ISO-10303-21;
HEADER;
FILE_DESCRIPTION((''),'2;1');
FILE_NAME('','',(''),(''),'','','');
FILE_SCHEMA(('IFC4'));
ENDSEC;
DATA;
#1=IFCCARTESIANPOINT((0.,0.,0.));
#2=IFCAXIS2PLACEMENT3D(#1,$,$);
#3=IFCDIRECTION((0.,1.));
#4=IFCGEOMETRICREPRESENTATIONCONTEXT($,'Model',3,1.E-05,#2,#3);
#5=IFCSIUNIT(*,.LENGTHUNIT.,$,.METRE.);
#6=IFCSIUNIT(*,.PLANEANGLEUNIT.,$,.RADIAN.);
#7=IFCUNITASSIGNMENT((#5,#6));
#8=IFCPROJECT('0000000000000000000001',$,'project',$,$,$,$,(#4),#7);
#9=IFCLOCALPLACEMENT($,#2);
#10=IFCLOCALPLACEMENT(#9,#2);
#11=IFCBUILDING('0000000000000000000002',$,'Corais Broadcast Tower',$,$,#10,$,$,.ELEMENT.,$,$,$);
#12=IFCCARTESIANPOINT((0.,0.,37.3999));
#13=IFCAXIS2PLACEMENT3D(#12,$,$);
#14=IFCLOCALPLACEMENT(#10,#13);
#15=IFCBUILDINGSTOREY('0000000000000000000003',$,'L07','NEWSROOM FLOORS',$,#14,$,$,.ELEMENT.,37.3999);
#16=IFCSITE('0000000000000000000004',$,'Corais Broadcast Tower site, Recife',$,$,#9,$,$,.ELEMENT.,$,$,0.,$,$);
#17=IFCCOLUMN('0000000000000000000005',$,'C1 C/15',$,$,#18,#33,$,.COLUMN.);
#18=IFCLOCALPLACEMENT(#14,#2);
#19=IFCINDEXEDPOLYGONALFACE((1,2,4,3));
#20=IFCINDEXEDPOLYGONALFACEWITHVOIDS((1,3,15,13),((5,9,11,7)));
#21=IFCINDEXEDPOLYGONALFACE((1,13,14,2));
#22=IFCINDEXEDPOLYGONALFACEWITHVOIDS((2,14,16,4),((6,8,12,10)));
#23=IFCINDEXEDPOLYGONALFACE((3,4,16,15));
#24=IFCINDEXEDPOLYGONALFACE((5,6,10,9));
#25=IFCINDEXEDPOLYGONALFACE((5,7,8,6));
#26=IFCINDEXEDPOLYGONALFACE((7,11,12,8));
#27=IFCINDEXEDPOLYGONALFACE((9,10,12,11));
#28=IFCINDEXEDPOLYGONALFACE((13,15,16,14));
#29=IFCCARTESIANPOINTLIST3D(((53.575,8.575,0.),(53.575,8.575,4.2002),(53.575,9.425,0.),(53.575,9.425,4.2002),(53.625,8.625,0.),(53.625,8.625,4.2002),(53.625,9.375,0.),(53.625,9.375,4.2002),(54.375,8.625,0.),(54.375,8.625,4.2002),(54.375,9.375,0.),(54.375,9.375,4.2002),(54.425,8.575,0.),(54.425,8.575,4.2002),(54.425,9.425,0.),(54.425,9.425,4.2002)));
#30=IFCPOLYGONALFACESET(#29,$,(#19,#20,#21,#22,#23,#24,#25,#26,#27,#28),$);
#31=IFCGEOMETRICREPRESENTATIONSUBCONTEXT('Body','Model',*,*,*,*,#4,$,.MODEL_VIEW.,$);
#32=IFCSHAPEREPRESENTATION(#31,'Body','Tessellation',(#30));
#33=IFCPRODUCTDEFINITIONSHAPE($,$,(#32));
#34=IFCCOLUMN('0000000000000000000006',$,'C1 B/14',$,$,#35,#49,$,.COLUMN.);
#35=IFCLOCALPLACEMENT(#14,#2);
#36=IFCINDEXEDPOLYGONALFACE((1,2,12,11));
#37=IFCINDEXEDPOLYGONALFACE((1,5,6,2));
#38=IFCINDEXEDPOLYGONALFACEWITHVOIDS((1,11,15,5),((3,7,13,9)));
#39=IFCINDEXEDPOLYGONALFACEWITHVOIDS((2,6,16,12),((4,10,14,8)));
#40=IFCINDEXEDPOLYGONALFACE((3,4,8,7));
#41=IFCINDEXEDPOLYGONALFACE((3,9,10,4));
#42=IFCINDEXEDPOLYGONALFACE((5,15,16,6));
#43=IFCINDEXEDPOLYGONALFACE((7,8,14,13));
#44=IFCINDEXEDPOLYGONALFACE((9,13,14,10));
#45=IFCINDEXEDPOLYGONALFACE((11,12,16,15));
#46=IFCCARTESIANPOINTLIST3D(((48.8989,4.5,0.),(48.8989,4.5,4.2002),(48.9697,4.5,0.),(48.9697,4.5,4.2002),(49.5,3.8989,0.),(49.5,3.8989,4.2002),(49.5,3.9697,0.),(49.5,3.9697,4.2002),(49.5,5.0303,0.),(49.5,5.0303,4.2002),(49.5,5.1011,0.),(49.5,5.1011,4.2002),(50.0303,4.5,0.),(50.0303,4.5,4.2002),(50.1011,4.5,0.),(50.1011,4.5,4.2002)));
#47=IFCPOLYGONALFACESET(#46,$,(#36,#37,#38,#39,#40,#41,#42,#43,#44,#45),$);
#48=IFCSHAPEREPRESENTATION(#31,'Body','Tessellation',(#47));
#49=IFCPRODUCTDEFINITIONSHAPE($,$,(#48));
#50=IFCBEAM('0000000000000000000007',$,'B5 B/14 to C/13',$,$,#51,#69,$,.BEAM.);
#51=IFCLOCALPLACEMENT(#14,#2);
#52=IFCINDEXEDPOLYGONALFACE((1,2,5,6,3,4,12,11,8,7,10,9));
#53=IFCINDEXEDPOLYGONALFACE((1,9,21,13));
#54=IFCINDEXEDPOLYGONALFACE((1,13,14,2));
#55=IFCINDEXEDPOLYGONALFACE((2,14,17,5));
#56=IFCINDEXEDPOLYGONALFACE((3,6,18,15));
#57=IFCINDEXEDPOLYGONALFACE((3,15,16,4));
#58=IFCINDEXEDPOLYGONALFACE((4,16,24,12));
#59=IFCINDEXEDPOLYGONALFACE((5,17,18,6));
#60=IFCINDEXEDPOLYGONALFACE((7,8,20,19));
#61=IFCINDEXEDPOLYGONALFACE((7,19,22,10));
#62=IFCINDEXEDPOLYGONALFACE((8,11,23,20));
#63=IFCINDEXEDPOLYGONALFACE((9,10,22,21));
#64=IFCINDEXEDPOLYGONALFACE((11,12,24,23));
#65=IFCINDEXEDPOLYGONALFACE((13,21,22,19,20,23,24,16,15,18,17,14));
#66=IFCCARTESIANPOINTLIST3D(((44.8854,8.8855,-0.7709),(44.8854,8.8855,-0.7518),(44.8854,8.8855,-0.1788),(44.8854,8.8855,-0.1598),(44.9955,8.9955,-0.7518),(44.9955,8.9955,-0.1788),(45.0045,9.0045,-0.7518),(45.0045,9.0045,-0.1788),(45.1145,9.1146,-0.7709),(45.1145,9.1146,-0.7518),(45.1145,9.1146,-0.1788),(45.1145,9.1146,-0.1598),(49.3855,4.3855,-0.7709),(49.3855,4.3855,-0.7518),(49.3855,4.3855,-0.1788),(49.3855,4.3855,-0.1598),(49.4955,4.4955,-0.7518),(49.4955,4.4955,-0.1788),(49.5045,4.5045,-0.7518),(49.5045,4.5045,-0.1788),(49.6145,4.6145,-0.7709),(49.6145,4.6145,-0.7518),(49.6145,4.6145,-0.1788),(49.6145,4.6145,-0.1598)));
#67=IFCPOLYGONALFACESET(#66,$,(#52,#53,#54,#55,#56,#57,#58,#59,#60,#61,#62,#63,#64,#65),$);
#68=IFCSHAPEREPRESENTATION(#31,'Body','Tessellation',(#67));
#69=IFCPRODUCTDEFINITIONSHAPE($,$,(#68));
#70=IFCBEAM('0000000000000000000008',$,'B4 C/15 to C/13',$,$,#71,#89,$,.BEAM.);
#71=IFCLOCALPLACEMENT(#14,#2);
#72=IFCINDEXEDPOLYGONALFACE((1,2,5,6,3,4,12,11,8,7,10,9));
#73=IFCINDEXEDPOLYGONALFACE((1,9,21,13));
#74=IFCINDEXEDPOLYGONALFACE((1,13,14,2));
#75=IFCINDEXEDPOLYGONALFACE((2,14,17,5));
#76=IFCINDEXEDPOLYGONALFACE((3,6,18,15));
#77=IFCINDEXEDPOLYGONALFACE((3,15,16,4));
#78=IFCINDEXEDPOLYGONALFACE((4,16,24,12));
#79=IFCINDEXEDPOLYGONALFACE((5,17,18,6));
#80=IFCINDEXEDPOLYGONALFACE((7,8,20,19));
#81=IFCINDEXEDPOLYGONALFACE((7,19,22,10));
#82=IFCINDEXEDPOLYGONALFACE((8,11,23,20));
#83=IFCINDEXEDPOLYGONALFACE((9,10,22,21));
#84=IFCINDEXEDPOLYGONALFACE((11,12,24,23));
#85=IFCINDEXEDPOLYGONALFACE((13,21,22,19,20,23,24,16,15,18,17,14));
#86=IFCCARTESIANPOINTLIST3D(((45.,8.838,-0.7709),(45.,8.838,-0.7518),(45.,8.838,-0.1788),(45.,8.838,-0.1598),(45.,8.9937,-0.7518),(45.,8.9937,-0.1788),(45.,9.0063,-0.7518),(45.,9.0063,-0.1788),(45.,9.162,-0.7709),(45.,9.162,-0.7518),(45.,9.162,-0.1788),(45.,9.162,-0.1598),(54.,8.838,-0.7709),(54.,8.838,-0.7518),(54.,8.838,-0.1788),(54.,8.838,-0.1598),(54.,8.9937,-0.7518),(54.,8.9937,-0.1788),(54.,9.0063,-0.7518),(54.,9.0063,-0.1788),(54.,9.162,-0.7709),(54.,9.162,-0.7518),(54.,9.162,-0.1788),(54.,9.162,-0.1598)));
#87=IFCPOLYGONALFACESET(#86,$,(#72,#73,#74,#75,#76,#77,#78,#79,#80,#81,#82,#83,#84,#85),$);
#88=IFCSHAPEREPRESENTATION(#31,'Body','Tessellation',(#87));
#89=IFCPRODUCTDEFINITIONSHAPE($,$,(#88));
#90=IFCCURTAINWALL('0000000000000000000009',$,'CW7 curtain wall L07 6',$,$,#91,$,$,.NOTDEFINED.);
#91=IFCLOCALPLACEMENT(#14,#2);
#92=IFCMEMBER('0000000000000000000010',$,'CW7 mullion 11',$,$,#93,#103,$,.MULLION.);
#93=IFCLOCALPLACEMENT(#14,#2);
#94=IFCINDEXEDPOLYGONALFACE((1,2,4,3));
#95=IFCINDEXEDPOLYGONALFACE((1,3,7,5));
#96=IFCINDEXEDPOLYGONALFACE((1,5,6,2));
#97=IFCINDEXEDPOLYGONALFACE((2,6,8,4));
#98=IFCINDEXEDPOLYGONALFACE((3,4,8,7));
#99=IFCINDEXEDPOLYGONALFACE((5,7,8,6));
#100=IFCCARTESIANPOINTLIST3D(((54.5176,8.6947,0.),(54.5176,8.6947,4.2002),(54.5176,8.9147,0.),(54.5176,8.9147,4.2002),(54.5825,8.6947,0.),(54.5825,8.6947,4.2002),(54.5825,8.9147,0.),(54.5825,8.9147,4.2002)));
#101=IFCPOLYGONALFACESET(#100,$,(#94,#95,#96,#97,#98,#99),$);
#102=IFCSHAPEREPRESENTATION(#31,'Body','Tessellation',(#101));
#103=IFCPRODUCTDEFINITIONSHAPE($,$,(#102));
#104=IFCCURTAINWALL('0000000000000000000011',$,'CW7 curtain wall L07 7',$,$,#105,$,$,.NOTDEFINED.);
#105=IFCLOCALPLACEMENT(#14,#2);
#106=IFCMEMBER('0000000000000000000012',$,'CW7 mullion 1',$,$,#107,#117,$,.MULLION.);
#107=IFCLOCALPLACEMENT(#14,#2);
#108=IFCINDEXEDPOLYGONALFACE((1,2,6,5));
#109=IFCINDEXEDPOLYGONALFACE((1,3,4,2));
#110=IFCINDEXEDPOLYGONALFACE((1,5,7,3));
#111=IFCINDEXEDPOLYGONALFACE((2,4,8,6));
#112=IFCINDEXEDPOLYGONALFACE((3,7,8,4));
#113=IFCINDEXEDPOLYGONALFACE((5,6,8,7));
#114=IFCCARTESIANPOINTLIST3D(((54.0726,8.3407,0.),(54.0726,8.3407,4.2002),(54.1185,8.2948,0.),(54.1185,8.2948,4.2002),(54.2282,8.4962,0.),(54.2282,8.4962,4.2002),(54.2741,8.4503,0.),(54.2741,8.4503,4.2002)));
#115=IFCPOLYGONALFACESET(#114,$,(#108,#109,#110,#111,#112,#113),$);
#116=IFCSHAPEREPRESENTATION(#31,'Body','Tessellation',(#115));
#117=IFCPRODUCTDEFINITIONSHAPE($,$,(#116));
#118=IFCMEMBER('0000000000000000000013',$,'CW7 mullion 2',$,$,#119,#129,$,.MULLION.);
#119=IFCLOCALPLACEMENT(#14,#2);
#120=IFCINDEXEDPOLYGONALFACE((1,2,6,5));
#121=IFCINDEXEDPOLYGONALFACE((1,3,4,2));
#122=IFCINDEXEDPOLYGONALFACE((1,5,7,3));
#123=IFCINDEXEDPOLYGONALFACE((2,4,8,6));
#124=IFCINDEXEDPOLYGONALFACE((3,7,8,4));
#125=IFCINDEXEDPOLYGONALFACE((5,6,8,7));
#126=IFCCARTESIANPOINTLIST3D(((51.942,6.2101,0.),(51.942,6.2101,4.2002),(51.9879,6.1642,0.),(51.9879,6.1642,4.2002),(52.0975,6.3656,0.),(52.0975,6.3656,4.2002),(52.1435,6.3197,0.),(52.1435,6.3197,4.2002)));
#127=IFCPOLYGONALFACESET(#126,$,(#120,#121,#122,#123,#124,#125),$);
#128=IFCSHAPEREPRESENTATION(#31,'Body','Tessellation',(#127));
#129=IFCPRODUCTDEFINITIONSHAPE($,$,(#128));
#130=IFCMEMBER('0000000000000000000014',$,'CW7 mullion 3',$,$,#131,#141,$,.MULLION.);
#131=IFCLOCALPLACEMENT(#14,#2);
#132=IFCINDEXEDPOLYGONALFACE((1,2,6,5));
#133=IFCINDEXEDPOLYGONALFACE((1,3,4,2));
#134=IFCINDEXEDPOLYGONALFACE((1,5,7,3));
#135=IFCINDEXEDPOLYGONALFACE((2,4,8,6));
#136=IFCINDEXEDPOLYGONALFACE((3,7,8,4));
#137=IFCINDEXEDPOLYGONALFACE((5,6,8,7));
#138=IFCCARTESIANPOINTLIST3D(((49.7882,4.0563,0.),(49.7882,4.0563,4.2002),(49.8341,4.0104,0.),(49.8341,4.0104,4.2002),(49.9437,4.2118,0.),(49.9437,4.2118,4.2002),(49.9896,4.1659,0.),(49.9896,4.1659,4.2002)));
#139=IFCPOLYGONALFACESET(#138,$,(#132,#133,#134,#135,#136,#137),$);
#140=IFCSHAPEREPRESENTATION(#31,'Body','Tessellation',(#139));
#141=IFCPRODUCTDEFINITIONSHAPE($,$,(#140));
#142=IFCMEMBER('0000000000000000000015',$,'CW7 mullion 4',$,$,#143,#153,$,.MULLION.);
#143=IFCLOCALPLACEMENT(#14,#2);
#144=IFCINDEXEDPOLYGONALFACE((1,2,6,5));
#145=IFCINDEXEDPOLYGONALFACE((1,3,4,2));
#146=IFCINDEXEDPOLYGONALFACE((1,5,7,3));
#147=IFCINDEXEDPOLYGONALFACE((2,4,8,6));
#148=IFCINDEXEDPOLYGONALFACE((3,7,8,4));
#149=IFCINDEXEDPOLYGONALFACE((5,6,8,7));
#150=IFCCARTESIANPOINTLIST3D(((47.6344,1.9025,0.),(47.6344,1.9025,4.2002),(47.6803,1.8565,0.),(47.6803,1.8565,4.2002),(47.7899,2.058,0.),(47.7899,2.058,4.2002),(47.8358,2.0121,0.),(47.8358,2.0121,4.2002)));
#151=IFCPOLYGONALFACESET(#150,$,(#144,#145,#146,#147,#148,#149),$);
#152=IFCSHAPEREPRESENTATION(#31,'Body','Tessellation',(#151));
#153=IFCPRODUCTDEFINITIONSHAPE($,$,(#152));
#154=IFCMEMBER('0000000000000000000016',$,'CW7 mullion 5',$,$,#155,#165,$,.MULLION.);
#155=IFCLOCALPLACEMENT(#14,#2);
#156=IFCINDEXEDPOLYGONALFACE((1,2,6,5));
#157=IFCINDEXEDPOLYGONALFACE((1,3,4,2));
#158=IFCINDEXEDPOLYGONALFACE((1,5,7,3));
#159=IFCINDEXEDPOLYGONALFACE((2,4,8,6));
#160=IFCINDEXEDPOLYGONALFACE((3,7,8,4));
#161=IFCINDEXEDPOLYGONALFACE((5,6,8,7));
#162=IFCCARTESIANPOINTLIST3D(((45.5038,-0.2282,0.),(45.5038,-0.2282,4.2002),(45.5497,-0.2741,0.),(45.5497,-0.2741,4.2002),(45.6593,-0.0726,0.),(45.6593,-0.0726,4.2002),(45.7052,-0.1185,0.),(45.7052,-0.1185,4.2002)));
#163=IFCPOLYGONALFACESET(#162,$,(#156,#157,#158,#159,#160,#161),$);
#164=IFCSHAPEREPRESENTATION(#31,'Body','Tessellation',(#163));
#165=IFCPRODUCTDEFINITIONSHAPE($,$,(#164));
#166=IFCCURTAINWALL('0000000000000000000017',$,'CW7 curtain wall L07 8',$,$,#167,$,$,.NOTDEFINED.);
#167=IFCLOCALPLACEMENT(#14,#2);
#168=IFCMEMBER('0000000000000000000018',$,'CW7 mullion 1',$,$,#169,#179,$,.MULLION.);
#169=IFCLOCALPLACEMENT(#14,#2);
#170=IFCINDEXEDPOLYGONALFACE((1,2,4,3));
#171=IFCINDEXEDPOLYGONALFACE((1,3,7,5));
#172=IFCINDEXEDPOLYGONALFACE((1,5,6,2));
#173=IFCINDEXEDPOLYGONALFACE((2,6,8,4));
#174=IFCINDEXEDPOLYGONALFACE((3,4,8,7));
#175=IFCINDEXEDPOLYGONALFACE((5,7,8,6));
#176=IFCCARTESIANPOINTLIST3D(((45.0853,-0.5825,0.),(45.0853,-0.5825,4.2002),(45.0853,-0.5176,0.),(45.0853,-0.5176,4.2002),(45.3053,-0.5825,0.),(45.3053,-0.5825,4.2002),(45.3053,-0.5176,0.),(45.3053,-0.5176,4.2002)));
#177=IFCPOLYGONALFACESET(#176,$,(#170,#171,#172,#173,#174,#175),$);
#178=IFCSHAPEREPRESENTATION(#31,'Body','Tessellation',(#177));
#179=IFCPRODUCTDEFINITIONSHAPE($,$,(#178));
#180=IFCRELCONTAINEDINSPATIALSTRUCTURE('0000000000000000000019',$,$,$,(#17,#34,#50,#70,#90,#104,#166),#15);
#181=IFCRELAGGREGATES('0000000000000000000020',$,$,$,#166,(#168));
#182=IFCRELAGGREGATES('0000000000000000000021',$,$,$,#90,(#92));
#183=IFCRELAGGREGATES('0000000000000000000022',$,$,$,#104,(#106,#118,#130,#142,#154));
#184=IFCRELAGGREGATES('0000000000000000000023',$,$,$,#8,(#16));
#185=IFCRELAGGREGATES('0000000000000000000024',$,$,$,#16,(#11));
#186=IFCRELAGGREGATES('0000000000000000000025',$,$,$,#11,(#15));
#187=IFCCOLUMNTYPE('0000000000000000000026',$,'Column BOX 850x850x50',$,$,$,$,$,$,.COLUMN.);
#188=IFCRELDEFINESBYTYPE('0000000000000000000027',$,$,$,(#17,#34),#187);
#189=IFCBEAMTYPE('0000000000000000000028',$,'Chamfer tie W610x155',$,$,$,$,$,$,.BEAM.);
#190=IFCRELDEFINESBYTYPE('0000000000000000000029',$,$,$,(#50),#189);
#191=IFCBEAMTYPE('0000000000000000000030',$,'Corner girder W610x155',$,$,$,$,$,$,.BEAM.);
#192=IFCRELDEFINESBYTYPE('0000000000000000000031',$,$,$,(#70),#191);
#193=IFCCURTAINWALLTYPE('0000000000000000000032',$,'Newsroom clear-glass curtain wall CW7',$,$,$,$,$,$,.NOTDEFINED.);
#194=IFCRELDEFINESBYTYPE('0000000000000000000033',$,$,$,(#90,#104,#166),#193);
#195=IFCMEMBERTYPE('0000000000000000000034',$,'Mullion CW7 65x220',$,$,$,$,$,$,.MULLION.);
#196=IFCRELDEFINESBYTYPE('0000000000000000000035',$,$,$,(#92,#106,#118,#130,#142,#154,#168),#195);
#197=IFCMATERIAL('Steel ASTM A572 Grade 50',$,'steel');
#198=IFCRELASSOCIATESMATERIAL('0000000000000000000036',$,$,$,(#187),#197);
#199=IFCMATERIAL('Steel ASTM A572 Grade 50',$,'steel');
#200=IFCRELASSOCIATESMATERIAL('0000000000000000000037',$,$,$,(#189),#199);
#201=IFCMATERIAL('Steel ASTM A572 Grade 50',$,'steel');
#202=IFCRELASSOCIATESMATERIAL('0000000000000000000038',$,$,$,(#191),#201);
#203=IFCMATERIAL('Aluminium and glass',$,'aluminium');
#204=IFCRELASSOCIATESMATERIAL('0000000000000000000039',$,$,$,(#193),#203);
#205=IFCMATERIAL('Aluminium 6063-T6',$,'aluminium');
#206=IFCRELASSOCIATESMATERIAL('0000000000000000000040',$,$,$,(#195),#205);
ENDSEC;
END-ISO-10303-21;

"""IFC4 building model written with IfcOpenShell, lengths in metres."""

from ifc_helpers import new_model, si_unit, direction, frame, origin, origin_2d, place, context, subcontext, project, spatial, rectangle, hollow_rectangle, i_section, extrude, material, material_profile, profile_set, type_object, element, aggregate, save


model = new_model("IFC4")

# Units and contexts
model_context = context("Model", 3, precision=1e-05, world=origin(), true_north=direction((0.0, 1.0)))
body_context = subcontext(model_context, "Body", "Model", "MODEL_VIEW")
ifc_project = project(units=[si_unit("LENGTHUNIT", "METRE"), si_unit("PLANEANGLEUNIT", "RADIAN")], contexts=[model_context])

# Site, building, storey
site_placement = place(None, origin())
site = spatial("IfcSite", under=ifc_project, at=site_placement, Name="Corais Broadcast Tower site, Recife", CompositionType="ELEMENT", RefElevation=0.0)
building_placement = place(site_placement, origin())
building = spatial("IfcBuilding", under=site, at=building_placement, Name="Corais Broadcast Tower", CompositionType="ELEMENT")
storey_placement = place(building_placement, frame((0.0, 0.0, 37.3999)))
storey = spatial("IfcBuildingStorey", under=building, at=storey_placement, Name="L07", Description="NEWSROOM FLOORS", CompositionType="ELEMENT", Elevation=37.3999)

# Columns
ifc_material_1 = material(Name="Steel ASTM A572 Grade 50", Category="steel")
ifc_material_profile_1 = material_profile(ifc_material_1, hollow_rectangle(XDim=0.8501, YDim=0.8501, WallThickness=0.05, at=origin_2d()), Name="BOX 850x850x50")
ifc_profile_set_1 = profile_set([ifc_material_profile_1], Name="Steel ASTM A572 Grade 50")
column_type = type_object("IfcColumnType", Name="Column BOX 850x850x50", PredefinedType="COLUMN", material=ifc_profile_set_1)
for number, where, z_axis, x_axis, name in (
    (1, (54.0, 9.0, 0.0), (0.0, 0.0, 1.0), (1.0, 0.0, 0.0), "C1 C/15"),
    (2, (49.5, 4.5, 0.0), (0.0, 0.0, 1.0), (0.707107, 0.707107, 0.0), "C1 B/14"),
):
    element("IfcColumn", number, at=place(storey_placement, frame(where, z_axis=z_axis, x_axis=x_axis)), inside=storey, type_object=column_type, Name=name, PredefinedType="COLUMN", context=body_context, shape_type="SweptSolid", body=[
        extrude(hollow_rectangle(XDim=0.8501, YDim=0.8501, WallThickness=0.05, at=origin_2d()), origin(), (0.0, 0.0, 1.0), 4.2002),
    ])

# Beams
ifc_material_2 = material(Name="Steel ASTM A572 Grade 50", Category="steel")
ifc_material_profile_2 = material_profile(ifc_material_2, i_section(OverallWidth=0.324, OverallDepth=0.6111, WebThickness=0.0127, FlangeThickness=0.019, at=origin_2d()), Name="W610x155")
ifc_profile_set_2 = profile_set([ifc_material_profile_2], Name="Steel ASTM A572 Grade 50")
beam_type_1 = type_object("IfcBeamType", Name="Chamfer tie W610x155", PredefinedType="BEAM", material=ifc_profile_set_2)
beam_1_placement = place(storey_placement, frame((49.5, 4.5, -0.4653), z_axis=(-0.707107, 0.707107, 0.0), x_axis=(-0.707107, -0.707107, 0.0)))
element("IfcBeam", 3, at=beam_1_placement, inside=storey, type_object=beam_type_1, Name="B5 B/14 to C/13", PredefinedType="BEAM", context=body_context, shape_type="SweptSolid", body=[
    extrude(i_section(OverallWidth=0.324, OverallDepth=0.6111, WebThickness=0.0127, FlangeThickness=0.019, at=origin_2d()), origin(), (0.0, 0.0, 1.0), 6.364),
])
ifc_material_3 = material(Name="Steel ASTM A572 Grade 50", Category="steel")
ifc_material_profile_3 = material_profile(ifc_material_3, i_section(OverallWidth=0.324, OverallDepth=0.6111, WebThickness=0.0127, FlangeThickness=0.019, at=origin_2d()), Name="W610x155")
ifc_profile_set_3 = profile_set([ifc_material_profile_3], Name="Steel ASTM A572 Grade 50")
beam_type_2 = type_object("IfcBeamType", Name="Corner girder W610x155", PredefinedType="BEAM", material=ifc_profile_set_3)
beam_2_placement = place(storey_placement, frame((54.0, 9.0, -0.4653), z_axis=(-1.0, 0.0, 0.0), x_axis=(0.0, -1.0, 0.0)))
element("IfcBeam", 4, at=beam_2_placement, inside=storey, type_object=beam_type_2, Name="B4 C/15 to C/13", PredefinedType="BEAM", context=body_context, shape_type="SweptSolid", body=[
    extrude(i_section(OverallWidth=0.324, OverallDepth=0.6111, WebThickness=0.0127, FlangeThickness=0.019, at=origin_2d()), origin(), (0.0, 0.0, 1.0), 9.0),
])

# Curtain wall, member
ifc_material_4 = material(Name="Aluminium and glass", Category="aluminium")
curtain_wall_type = type_object("IfcCurtainWallType", Name="Newsroom clear-glass curtain wall CW7", PredefinedType="NOTDEFINED", material=ifc_material_4)
curtain_wall_1_placement = place(storey_placement, origin())
curtain_wall_1 = element("IfcCurtainWall", 5, at=curtain_wall_1_placement, inside=storey, type_object=curtain_wall_type, Name="CW7 curtain wall L07 6", PredefinedType="NOTDEFINED")
ifc_material_5 = material(Name="Aluminium 6063-T6", Category="aluminium")
ifc_material_profile_4 = material_profile(ifc_material_5, rectangle(XDim=0.0649, YDim=0.22, at=origin_2d()), Name="Mullion CW7 65x220")
ifc_profile_set_4 = profile_set([ifc_material_profile_4], Name="Aluminium 6063-T6")
member_type_1 = type_object("IfcMemberType", Name="Mullion CW7 65x220", PredefinedType="MULLION", material=ifc_profile_set_4)
member_1_placement = place(storey_placement, frame((54.55, 8.8047, 0.0), z_axis=(0.0, 0.0, 1.0), x_axis=(1.0, 0.0, 0.0)))
member_1 = element("IfcMember", 6, at=member_1_placement, type_object=member_type_1, Name="CW7 mullion 11", PredefinedType="MULLION", context=body_context, shape_type="SweptSolid", body=[
    extrude(rectangle(XDim=0.0649, YDim=0.22, at=origin_2d()), origin(), (0.0, 0.0, 1.0), 4.2002),
])

# Curtain wall, members
curtain_wall_2_placement = place(storey_placement, origin())
curtain_wall_2 = element("IfcCurtainWall", 7, at=curtain_wall_2_placement, inside=storey, type_object=curtain_wall_type, Name="CW7 curtain wall L07 7", PredefinedType="NOTDEFINED")
member_2_placement = place(storey_placement, frame((54.1733, 8.3955, 0.0), z_axis=(0.0, 0.0, 1.0), x_axis=(0.707107, -0.707107, 0.0)))
member_2 = element("IfcMember", 8, at=member_2_placement, type_object=member_type_1, Name="CW7 mullion 1", PredefinedType="MULLION", context=body_context, shape_type="SweptSolid", body=[
    extrude(rectangle(XDim=0.0649, YDim=0.22, at=origin_2d()), origin(), (0.0, 0.0, 1.0), 4.2002),
])
member_3_placement = place(storey_placement, frame((52.0427, 6.2649, 0.0), z_axis=(0.0, 0.0, 1.0), x_axis=(0.707107, -0.707107, 0.0)))
member_3 = element("IfcMember", 9, at=member_3_placement, type_object=member_type_1, Name="CW7 mullion 2", PredefinedType="MULLION", context=body_context, shape_type="SweptSolid", body=[
    extrude(rectangle(XDim=0.0649, YDim=0.22, at=origin_2d()), origin(), (0.0, 0.0, 1.0), 4.2002),
])
member_4_placement = place(storey_placement, frame((49.8889, 4.1111, 0.0), z_axis=(0.0, 0.0, 1.0), x_axis=(0.707107, -0.707107, 0.0)))
member_4 = element("IfcMember", 10, at=member_4_placement, type_object=member_type_1, Name="CW7 mullion 3", PredefinedType="MULLION", context=body_context, shape_type="SweptSolid", body=[
    extrude(rectangle(XDim=0.0649, YDim=0.22, at=origin_2d()), origin(), (0.0, 0.0, 1.0), 4.2002),
])
member_5_placement = place(storey_placement, frame((47.7351, 1.9573, 0.0), z_axis=(0.0, 0.0, 1.0), x_axis=(0.707107, -0.707107, 0.0)))
member_5 = element("IfcMember", 11, at=member_5_placement, type_object=member_type_1, Name="CW7 mullion 4", PredefinedType="MULLION", context=body_context, shape_type="SweptSolid", body=[
    extrude(rectangle(XDim=0.0649, YDim=0.22, at=origin_2d()), origin(), (0.0, 0.0, 1.0), 4.2002),
])
member_6_placement = place(storey_placement, frame((45.6045, -0.1733, 0.0), z_axis=(0.0, 0.0, 1.0), x_axis=(0.707107, -0.707107, 0.0)))
member_6 = element("IfcMember", 12, at=member_6_placement, type_object=member_type_1, Name="CW7 mullion 5", PredefinedType="MULLION", context=body_context, shape_type="SweptSolid", body=[
    extrude(rectangle(XDim=0.0649, YDim=0.22, at=origin_2d()), origin(), (0.0, 0.0, 1.0), 4.2002),
])

# Curtain wall, member
curtain_wall_3_placement = place(storey_placement, origin())
curtain_wall_3 = element("IfcCurtainWall", 13, at=curtain_wall_3_placement, inside=storey, type_object=curtain_wall_type, Name="CW7 curtain wall L07 8", PredefinedType="NOTDEFINED")
member_7_placement = place(storey_placement, frame((45.1953, -0.55, 0.0), z_axis=(0.0, 0.0, 1.0), x_axis=(0.0, -1.0, 0.0)))
member_7 = element("IfcMember", 14, at=member_7_placement, type_object=member_type_1, Name="CW7 mullion 1", PredefinedType="MULLION", context=body_context, shape_type="SweptSolid", body=[
    extrude(rectangle(XDim=0.0649, YDim=0.22, at=origin_2d()), origin(), (0.0, 0.0, 1.0), 4.2002),
])

aggregate(curtain_wall_3, [member_7])

aggregate(curtain_wall_1, [member_1])
aggregate(curtain_wall_2, [member_2, member_3, member_4, member_5, member_6])

save(model, "model.ifc")
